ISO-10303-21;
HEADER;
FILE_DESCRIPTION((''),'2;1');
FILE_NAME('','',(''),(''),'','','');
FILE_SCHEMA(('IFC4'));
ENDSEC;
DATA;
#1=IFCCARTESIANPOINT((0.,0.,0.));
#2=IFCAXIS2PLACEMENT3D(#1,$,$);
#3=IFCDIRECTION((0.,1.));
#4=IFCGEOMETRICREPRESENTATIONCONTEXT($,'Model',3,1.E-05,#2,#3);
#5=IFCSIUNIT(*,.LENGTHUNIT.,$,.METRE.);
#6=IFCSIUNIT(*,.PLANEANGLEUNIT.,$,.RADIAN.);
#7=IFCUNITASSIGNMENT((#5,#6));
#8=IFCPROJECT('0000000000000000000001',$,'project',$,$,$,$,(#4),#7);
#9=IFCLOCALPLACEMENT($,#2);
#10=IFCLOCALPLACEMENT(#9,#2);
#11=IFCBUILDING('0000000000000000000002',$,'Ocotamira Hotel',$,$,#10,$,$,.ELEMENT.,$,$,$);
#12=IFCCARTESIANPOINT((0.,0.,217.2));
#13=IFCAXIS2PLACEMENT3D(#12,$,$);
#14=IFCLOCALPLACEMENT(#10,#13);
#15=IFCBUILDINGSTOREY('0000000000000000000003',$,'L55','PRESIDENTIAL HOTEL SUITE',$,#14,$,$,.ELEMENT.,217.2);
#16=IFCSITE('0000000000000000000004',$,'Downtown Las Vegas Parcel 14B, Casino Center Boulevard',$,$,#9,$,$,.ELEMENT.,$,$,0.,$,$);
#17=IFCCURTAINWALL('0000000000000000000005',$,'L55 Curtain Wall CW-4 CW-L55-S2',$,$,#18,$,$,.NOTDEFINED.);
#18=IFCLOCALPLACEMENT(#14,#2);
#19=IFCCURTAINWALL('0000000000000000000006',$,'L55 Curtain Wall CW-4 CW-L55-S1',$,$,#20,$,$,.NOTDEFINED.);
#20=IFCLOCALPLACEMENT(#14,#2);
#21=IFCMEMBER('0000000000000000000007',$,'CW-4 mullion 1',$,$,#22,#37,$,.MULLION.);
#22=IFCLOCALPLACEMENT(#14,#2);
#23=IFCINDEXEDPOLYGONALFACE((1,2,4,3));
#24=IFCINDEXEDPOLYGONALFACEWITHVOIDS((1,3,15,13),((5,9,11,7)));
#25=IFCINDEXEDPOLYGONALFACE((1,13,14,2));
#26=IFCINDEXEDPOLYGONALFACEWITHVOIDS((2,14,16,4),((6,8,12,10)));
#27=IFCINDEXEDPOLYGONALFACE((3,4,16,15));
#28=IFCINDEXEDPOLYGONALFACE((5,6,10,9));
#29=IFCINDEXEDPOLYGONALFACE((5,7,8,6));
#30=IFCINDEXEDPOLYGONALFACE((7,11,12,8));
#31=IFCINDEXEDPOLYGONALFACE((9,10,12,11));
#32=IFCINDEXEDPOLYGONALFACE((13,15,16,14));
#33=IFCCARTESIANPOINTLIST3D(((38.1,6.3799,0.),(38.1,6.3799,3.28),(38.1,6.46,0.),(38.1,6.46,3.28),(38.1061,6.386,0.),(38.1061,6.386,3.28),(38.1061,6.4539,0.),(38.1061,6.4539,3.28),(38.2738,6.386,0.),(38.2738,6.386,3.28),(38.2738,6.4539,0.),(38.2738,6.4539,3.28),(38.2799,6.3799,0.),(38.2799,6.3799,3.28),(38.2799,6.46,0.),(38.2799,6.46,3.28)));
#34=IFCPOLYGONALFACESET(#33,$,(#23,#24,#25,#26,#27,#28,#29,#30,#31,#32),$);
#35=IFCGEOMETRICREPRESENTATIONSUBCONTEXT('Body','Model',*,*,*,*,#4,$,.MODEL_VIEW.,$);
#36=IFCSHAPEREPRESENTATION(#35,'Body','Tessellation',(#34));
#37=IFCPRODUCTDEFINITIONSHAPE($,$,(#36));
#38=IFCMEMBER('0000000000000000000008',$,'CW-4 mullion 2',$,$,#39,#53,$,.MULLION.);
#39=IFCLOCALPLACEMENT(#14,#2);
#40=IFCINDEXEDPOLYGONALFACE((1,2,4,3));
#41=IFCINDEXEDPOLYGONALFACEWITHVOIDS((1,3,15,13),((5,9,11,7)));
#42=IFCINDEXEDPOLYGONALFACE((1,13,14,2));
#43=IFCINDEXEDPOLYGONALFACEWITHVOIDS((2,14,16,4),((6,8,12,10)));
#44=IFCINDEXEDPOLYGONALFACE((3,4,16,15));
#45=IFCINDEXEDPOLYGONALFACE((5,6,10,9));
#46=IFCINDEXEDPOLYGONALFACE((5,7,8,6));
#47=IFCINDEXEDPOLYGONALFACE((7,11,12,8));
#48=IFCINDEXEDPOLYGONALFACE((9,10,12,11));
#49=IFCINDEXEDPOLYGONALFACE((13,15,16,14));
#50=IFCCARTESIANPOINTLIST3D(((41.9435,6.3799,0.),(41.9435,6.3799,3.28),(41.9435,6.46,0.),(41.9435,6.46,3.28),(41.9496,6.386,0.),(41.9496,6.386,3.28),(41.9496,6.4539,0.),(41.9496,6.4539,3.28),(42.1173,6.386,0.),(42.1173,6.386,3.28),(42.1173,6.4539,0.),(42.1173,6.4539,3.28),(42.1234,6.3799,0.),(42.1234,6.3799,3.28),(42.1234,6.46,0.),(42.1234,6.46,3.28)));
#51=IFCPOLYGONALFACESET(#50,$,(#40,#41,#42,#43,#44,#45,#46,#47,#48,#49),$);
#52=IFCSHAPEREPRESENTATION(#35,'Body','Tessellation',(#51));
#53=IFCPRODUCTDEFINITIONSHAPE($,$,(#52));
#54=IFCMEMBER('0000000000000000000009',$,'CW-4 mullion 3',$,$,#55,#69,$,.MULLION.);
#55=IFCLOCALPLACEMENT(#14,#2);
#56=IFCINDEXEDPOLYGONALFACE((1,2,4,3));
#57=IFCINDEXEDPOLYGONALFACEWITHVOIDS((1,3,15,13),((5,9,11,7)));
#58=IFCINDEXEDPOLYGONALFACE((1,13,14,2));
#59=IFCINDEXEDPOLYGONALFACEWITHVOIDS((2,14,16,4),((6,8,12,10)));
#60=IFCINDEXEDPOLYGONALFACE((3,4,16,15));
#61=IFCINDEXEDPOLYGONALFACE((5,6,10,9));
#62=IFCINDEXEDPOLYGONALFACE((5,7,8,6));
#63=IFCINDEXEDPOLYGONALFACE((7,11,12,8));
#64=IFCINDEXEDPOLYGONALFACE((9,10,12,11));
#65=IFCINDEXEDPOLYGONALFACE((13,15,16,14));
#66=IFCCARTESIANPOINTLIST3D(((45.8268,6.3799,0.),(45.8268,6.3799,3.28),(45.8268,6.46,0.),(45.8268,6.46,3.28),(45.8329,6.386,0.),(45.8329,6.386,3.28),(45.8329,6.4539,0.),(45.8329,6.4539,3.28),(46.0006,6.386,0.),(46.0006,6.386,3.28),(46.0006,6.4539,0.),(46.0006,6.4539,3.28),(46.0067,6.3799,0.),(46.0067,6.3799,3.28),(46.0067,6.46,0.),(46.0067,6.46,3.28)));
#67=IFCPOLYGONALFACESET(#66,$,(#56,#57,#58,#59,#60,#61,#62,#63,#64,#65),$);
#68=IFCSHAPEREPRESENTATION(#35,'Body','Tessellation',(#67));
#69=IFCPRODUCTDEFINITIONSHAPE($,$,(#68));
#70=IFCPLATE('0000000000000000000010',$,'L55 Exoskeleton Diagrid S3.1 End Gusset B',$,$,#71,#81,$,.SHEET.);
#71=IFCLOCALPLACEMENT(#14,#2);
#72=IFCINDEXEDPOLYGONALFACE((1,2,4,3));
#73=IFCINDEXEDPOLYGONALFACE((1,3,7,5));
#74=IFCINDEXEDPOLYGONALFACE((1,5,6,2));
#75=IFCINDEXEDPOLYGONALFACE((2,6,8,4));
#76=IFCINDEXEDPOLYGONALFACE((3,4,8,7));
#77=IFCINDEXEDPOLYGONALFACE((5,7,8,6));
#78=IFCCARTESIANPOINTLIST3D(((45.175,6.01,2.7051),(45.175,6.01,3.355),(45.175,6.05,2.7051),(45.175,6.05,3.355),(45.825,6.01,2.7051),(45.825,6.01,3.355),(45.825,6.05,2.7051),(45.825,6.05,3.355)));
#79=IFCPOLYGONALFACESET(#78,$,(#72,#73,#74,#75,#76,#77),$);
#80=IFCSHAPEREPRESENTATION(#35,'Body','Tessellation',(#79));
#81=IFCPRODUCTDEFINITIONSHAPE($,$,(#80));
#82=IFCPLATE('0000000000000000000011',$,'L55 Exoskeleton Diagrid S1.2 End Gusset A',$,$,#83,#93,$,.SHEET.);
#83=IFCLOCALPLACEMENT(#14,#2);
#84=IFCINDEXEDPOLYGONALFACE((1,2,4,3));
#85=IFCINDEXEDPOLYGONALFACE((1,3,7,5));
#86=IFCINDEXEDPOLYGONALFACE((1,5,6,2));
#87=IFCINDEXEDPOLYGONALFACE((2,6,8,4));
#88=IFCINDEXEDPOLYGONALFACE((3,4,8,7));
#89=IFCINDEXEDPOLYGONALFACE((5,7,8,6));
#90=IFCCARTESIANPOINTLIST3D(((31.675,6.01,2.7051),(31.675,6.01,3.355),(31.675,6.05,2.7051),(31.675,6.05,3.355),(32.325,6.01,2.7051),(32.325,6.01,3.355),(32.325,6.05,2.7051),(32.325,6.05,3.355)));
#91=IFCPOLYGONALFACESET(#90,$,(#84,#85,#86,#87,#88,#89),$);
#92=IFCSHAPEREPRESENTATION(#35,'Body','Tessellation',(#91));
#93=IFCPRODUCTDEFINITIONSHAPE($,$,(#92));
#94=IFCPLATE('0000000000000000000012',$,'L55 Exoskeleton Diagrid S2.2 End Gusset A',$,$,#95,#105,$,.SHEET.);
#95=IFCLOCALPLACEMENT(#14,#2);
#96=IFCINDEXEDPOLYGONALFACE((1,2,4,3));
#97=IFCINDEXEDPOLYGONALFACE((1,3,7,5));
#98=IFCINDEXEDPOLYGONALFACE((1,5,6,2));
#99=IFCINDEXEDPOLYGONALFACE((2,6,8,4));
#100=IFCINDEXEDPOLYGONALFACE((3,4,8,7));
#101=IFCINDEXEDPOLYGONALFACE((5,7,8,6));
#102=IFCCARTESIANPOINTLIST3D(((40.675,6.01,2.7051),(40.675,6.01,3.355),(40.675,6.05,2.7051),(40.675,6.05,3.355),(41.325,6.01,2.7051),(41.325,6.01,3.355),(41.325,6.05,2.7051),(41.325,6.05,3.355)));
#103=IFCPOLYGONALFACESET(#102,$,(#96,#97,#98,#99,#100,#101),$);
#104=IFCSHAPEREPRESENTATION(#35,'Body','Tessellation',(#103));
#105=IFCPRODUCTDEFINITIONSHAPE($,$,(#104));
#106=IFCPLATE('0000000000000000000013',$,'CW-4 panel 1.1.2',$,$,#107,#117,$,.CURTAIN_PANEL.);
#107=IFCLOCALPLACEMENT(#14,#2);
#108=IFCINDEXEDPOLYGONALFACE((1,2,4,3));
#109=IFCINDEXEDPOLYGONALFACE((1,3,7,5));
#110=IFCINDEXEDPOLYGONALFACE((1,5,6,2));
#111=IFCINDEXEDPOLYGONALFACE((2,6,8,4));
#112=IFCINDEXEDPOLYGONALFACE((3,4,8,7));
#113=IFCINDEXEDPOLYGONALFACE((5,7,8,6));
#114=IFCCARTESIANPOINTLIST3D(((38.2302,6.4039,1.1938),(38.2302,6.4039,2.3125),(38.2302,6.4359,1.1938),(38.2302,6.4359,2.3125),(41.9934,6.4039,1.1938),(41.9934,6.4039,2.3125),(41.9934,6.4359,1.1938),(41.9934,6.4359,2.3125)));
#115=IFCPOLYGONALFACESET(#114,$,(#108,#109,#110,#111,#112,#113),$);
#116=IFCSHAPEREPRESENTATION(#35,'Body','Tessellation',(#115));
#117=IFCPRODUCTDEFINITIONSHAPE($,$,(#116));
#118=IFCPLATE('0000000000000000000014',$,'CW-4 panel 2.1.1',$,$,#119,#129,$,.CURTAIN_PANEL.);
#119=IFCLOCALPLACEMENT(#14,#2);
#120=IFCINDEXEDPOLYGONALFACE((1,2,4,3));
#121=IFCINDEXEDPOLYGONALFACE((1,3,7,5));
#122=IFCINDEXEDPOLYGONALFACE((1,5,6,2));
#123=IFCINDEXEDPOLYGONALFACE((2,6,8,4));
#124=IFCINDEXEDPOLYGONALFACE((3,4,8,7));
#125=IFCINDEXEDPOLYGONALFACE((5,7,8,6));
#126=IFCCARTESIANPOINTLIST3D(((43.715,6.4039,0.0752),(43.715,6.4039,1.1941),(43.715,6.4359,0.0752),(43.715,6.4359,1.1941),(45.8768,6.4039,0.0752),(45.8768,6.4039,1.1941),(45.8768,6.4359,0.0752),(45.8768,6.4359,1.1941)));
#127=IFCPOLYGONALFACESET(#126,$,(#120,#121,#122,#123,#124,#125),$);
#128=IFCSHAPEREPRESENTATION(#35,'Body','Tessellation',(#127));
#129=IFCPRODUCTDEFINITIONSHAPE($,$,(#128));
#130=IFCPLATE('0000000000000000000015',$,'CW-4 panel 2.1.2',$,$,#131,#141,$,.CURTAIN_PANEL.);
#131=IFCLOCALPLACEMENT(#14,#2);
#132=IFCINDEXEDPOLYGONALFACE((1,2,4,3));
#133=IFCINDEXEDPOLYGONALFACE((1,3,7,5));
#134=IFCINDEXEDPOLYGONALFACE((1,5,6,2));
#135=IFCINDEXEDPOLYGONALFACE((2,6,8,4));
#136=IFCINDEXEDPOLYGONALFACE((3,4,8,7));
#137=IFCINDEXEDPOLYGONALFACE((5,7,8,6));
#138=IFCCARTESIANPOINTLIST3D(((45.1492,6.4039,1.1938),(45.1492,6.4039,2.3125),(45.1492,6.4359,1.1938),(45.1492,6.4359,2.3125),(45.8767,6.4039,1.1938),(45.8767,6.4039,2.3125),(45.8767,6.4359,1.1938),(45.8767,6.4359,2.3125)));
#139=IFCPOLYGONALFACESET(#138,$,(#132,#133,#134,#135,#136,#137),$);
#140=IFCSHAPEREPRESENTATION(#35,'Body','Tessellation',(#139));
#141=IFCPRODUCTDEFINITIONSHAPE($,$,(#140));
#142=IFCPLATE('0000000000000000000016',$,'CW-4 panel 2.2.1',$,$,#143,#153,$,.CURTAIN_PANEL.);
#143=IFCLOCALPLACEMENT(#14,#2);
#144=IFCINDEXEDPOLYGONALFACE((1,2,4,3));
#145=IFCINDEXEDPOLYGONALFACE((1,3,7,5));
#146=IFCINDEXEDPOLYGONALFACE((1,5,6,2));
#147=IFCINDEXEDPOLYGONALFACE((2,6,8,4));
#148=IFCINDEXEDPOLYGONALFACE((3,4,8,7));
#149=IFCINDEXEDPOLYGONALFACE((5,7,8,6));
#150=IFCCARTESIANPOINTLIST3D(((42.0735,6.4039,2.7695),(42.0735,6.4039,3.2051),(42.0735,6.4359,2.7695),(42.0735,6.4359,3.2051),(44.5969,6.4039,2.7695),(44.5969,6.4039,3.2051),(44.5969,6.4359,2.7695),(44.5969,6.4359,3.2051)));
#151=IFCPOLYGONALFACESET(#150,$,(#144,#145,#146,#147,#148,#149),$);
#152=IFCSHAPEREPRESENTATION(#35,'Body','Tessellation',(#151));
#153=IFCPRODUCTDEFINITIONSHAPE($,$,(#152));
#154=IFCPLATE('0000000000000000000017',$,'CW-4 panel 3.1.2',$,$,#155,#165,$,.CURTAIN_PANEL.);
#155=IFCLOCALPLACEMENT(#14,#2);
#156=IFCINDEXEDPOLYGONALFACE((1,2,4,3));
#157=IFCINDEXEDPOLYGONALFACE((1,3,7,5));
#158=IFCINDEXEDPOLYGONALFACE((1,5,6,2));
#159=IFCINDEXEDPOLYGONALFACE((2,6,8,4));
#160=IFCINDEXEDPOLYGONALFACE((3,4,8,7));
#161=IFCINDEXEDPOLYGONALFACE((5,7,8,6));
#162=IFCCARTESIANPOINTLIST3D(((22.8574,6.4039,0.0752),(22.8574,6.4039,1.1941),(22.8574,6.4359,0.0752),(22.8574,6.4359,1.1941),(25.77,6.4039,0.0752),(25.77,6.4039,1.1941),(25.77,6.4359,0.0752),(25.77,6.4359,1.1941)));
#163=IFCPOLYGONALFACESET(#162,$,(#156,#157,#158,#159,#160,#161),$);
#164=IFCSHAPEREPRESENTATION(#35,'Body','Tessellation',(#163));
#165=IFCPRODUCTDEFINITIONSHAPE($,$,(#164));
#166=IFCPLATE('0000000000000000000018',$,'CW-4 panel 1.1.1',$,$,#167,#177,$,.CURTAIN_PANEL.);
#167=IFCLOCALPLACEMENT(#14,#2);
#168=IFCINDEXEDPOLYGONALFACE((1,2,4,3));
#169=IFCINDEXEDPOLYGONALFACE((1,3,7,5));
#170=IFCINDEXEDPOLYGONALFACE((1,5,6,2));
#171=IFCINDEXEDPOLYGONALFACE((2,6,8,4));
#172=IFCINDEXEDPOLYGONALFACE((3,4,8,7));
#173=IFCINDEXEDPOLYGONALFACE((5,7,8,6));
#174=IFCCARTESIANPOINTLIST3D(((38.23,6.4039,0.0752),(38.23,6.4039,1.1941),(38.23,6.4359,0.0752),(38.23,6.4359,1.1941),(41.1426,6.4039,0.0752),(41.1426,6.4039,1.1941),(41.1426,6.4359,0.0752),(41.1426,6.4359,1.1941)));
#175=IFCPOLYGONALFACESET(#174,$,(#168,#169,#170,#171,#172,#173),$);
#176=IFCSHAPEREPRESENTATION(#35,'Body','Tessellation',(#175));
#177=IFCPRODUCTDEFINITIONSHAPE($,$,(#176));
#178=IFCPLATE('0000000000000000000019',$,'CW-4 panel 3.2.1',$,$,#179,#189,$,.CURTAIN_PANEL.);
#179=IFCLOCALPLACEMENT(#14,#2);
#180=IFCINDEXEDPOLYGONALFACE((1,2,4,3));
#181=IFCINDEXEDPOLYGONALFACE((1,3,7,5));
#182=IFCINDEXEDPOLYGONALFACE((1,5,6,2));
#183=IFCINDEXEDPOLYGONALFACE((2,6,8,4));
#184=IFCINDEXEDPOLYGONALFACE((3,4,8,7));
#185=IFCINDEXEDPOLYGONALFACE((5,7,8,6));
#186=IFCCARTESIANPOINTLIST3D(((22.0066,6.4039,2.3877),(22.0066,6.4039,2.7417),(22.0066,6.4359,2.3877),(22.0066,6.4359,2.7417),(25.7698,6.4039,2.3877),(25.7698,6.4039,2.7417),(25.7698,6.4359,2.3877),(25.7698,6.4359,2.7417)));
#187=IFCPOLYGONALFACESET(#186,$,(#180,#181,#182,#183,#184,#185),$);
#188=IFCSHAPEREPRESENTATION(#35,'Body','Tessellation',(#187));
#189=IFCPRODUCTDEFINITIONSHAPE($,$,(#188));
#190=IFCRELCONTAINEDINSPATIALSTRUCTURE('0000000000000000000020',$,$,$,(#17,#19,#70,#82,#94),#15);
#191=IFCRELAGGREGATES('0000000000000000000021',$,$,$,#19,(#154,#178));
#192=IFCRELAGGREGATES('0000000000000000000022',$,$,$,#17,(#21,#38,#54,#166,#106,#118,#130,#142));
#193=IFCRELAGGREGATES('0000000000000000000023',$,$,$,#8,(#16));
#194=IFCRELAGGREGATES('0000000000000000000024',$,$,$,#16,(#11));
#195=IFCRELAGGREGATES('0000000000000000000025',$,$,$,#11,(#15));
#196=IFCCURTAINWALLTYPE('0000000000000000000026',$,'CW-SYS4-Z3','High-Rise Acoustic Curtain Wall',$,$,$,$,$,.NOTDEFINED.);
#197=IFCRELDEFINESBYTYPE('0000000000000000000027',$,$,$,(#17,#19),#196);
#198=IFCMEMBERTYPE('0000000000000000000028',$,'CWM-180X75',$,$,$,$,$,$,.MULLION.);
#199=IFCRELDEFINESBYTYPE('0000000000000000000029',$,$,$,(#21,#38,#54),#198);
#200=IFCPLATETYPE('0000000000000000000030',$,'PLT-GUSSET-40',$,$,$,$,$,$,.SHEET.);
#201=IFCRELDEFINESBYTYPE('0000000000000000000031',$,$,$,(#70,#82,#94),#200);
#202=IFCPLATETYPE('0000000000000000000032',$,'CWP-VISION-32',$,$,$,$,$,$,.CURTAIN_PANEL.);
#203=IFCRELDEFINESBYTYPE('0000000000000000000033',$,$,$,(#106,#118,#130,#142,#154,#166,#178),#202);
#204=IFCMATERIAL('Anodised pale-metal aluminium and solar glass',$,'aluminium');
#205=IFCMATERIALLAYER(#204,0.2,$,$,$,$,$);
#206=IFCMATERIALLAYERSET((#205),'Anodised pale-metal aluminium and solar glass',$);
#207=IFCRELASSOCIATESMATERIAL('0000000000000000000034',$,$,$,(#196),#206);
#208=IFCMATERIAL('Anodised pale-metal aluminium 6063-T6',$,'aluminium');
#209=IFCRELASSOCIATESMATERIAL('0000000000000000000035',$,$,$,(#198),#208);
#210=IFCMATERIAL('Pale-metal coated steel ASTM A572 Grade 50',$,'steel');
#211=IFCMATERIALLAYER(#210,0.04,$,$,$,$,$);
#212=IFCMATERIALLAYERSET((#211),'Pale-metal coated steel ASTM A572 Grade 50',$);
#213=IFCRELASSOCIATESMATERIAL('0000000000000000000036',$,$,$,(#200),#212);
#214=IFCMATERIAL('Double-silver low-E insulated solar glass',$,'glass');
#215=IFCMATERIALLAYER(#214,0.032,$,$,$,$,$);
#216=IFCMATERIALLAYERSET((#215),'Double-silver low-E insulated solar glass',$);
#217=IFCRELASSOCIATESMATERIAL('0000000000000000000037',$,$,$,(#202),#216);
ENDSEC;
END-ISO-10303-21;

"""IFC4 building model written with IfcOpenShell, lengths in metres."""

from ifc_helpers import new_model, si_unit, direction, frame, origin, origin_2d, place, context, subcontext, project, spatial, rectangle, hollow_rectangle, extrude, source, transform, mapped, material, layer, layer_set, material_profile, profile_set, type_object, element, aggregate, save


model = new_model("IFC4")

# Units and contexts
model_context = context("Model", 3, precision=1e-05, world=origin(), true_north=direction((0.0, 1.0)))
body_context = subcontext(model_context, "Body", "Model", "MODEL_VIEW")
ifc_project = project(units=[si_unit("LENGTHUNIT", "METRE"), si_unit("PLANEANGLEUNIT", "RADIAN")], contexts=[model_context])

# Site, building, storey
site_placement = place(None, origin())
site = spatial("IfcSite", under=ifc_project, at=site_placement, Name="Downtown Las Vegas Parcel 14B, Casino Center Boulevard", CompositionType="ELEMENT", RefElevation=0.0)
building_placement = place(site_placement, origin())
building = spatial("IfcBuilding", under=site, at=building_placement, Name="Ocotamira Hotel", CompositionType="ELEMENT")
storey_placement = place(building_placement, frame((0.0, 0.0, 217.2)))
storey = spatial("IfcBuildingStorey", under=building, at=storey_placement, Name="L55", Description="PRESIDENTIAL HOTEL SUITE", CompositionType="ELEMENT", Elevation=217.2)

# Curtain wall
ifc_material_1 = material(Name="Anodised pale-metal aluminium and solar glass", Category="aluminium")
ifc_layer_1 = layer(ifc_material_1, 0.2)
ifc_layer_set_1 = layer_set([ifc_layer_1], Name="Anodised pale-metal aluminium and solar glass")
curtain_wall_type = type_object("IfcCurtainWallType", Name="CW-SYS4-Z3", Description="High-Rise Acoustic Curtain Wall", PredefinedType="NOTDEFINED", material=ifc_layer_set_1)
curtain_wall_1_placement = place(storey_placement, origin())
curtain_wall_1 = element("IfcCurtainWall", 1, at=curtain_wall_1_placement, inside=storey, type_object=curtain_wall_type, Name="L55 Curtain Wall CW-4 CW-L55-S2", PredefinedType="NOTDEFINED")
ifc_material_2 = material(Name="Anodised pale-metal aluminium 6063-T6", Category="aluminium")

# Curtain wall
curtain_wall_2_placement = place(storey_placement, origin())
curtain_wall_2 = element("IfcCurtainWall", 2, at=curtain_wall_2_placement, inside=storey, type_object=curtain_wall_type, Name="L55 Curtain Wall CW-4 CW-L55-S1", PredefinedType="NOTDEFINED")
ifc_material_profile_1 = material_profile(ifc_material_2, hollow_rectangle(XDim=0.0801, YDim=0.1799, WallThickness=0.0061, at=origin_2d()), Name="HSS180X80X6")
ifc_profile_set_1 = profile_set([ifc_material_profile_1], Name="Anodised pale-metal aluminium 6063-T6")
member_type_1 = type_object("IfcMemberType", Name="CWM-180X75", PredefinedType="MULLION", material=ifc_profile_set_1)
shared_shape_1 = source(origin(), body_context, "Body", "SweptSolid", [
    extrude(hollow_rectangle(XDim=0.0801, YDim=0.1799, WallThickness=0.0061, at=origin_2d()), origin(), (0.0, 0.0, 1.0), 3.28),
])

# Members
member_1_placement = place(storey_placement, frame((38.1899, 6.4199, 0.0), z_axis=(0.0, 0.0, 1.0), x_axis=(0.0, 1.0, 0.0)))
member_1 = element("IfcMember", 3, at=member_1_placement, type_object=member_type_1, Name="CW-4 mullion 1", PredefinedType="MULLION", context=body_context, shape_type="MappedRepresentation", body=[
    mapped(shared_shape_1, transform((0.0, 0.0, 0.0), scale=1.0)),
])
member_2_placement = place(storey_placement, frame((42.0334, 6.4199, 0.0), z_axis=(0.0, 0.0, 1.0), x_axis=(0.0, 1.0, 0.0)))
member_2 = element("IfcMember", 4, at=member_2_placement, type_object=member_type_1, Name="CW-4 mullion 2", PredefinedType="MULLION", context=body_context, shape_type="MappedRepresentation", body=[
    mapped(shared_shape_1, transform((0.0, 0.0, 0.0), scale=1.0)),
])
member_3_placement = place(storey_placement, frame((45.9167, 6.4199, 0.0), z_axis=(0.0, 0.0, 1.0), x_axis=(0.0, 1.0, 0.0)))
member_3 = element("IfcMember", 5, at=member_3_placement, type_object=member_type_1, Name="CW-4 mullion 3", PredefinedType="MULLION", context=body_context, shape_type="MappedRepresentation", body=[
    mapped(shared_shape_1, transform((0.0, 0.0, 0.0), scale=1.0)),
])

# Plates
ifc_material_3 = material(Name="Pale-metal coated steel ASTM A572 Grade 50", Category="steel")
ifc_layer_2 = layer(ifc_material_3, 0.04)
ifc_layer_set_2 = layer_set([ifc_layer_2], Name="Pale-metal coated steel ASTM A572 Grade 50")
plate_type_1 = type_object("IfcPlateType", Name="PLT-GUSSET-40", PredefinedType="SHEET", material=ifc_layer_set_2)
shared_shape_2 = source(origin(), body_context, "Body", "SweptSolid", [
    extrude(rectangle(XDim=0.6499, YDim=0.04, at=origin_2d()), origin(), (0.0, 0.0, 1.0), 0.6499),
])
for number, where, z_axis, x_axis, name in (
    (6, (45.5, 6.03, 2.7051), (0.0, 0.0, 1.0), (1.0, 0.0, 0.0), "L55 Exoskeleton Diagrid S3.1 End Gusset B"),
    (7, (32.0, 6.03, 2.7051), (0.0, 0.0, 1.0), (-1.0, 0.0, 0.0), "L55 Exoskeleton Diagrid S1.2 End Gusset A"),
    (8, (41.0, 6.03, 2.7051), (0.0, 0.0, 1.0), (-1.0, 0.0, 0.0), "L55 Exoskeleton Diagrid S2.2 End Gusset A"),
):
    element("IfcPlate", number, at=place(storey_placement, frame(where, z_axis=z_axis, x_axis=x_axis)), inside=storey, type_object=plate_type_1, Name=name, PredefinedType="SHEET", context=body_context, shape_type="MappedRepresentation", body=[
        mapped(shared_shape_2, transform((0.0, 0.0, 0.0), scale=1.0)),
    ])

# Plates
ifc_material_4 = material(Name="Double-silver low-E insulated solar glass", Category="glass")
ifc_layer_3 = layer(ifc_material_4, 0.032)
ifc_layer_set_3 = layer_set([ifc_layer_3], Name="Double-silver low-E insulated solar glass")
plate_type_2 = type_object("IfcPlateType", Name="CWP-VISION-32", PredefinedType="CURTAIN_PANEL", material=ifc_layer_set_3)
shared_shape_3 = source(origin(), body_context, "Body", "SweptSolid", [
    extrude(rectangle(XDim=3.7632, YDim=0.032, at=origin_2d()), origin(), (0.0, 0.0, 1.0), 1.1187),
])
plate_1_placement = place(storey_placement, frame((40.1118, 6.4199, 1.1938), z_axis=(0.0, 0.0, 1.0), x_axis=(1.0, 0.0, 0.0)))
plate_1 = element("IfcPlate", 9, at=plate_1_placement, type_object=plate_type_2, Name="CW-4 panel 1.1.2", PredefinedType="CURTAIN_PANEL", context=body_context, shape_type="MappedRepresentation", body=[
    mapped(shared_shape_3, transform((0.0, 0.0, 0.0), scale=1.0)),
])
shared_shape_4 = source(origin(), body_context, "Body", "SweptSolid", [
    extrude(rectangle(XDim=2.1619, YDim=0.032, at=origin_2d()), origin(), (0.0, 0.0, 1.0), 1.1189),
])
plate_2_placement = place(storey_placement, frame((44.7959, 6.4199, 0.0752), z_axis=(0.0, 0.0, 1.0), x_axis=(1.0, 0.0, 0.0)))
plate_2 = element("IfcPlate", 10, at=plate_2_placement, type_object=plate_type_2, Name="CW-4 panel 2.1.1", PredefinedType="CURTAIN_PANEL", context=body_context, shape_type="MappedRepresentation", body=[
    mapped(shared_shape_4, transform((0.0, 0.0, 0.0), scale=1.0)),
])
shared_shape_5 = source(origin(), body_context, "Body", "SweptSolid", [
    extrude(rectangle(XDim=0.7275, YDim=0.032, at=origin_2d()), origin(), (0.0, 0.0, 1.0), 1.1187),
])
plate_3_placement = place(storey_placement, frame((45.5129, 6.4199, 1.1938), z_axis=(0.0, 0.0, 1.0), x_axis=(1.0, 0.0, 0.0)))
plate_3 = element("IfcPlate", 11, at=plate_3_placement, type_object=plate_type_2, Name="CW-4 panel 2.1.2", PredefinedType="CURTAIN_PANEL", context=body_context, shape_type="MappedRepresentation", body=[
    mapped(shared_shape_5, transform((0.0, 0.0, 0.0), scale=1.0)),
])
shared_shape_6 = source(origin(), body_context, "Body", "SweptSolid", [
    extrude(rectangle(XDim=2.5234, YDim=0.032, at=origin_2d()), origin(), (0.0, 0.0, 1.0), 0.4355),
])
plate_4_placement = place(storey_placement, frame((43.3352, 6.4199, 2.7695), z_axis=(0.0, 0.0, 1.0), x_axis=(1.0, 0.0, 0.0)))
plate_4 = element("IfcPlate", 12, at=plate_4_placement, type_object=plate_type_2, Name="CW-4 panel 2.2.1", PredefinedType="CURTAIN_PANEL", context=body_context, shape_type="MappedRepresentation", body=[
    mapped(shared_shape_6, transform((0.0, 0.0, 0.0), scale=1.0)),
])
shared_shape_7 = source(origin(), body_context, "Body", "SweptSolid", [
    extrude(rectangle(XDim=2.9126, YDim=0.032, at=origin_2d()), origin(), (0.0, 0.0, 1.0), 1.1189),
])
plate_5_placement = place(storey_placement, frame((24.3137, 6.4199, 0.0752), z_axis=(0.0, 0.0, 1.0), x_axis=(1.0, 0.0, 0.0)))
plate_5 = element("IfcPlate", 13, at=plate_5_placement, type_object=plate_type_2, Name="CW-4 panel 3.1.2", PredefinedType="CURTAIN_PANEL", context=body_context, shape_type="MappedRepresentation", body=[
    mapped(shared_shape_7, transform((0.0, 0.0, 0.0), scale=1.0)),
])
plate_6_placement = place(storey_placement, frame((39.6863, 6.4199, 0.0752), z_axis=(0.0, 0.0, 1.0), x_axis=(1.0, 0.0, 0.0)))
plate_6 = element("IfcPlate", 14, at=plate_6_placement, type_object=plate_type_2, Name="CW-4 panel 1.1.1", PredefinedType="CURTAIN_PANEL", context=body_context, shape_type="MappedRepresentation", body=[
    mapped(shared_shape_7, transform((0.0, 0.0, 0.0), scale=1.0)),
])
shared_shape_8 = source(origin(), body_context, "Body", "SweptSolid", [
    extrude(rectangle(XDim=3.7632, YDim=0.032, at=origin_2d()), origin(), (0.0, 0.0, 1.0), 0.354),
])
plate_7_placement = place(storey_placement, frame((23.8882, 6.4199, 2.3877), z_axis=(0.0, 0.0, 1.0), x_axis=(1.0, 0.0, 0.0)))
plate_7 = element("IfcPlate", 15, at=plate_7_placement, type_object=plate_type_2, Name="CW-4 panel 3.2.1", PredefinedType="CURTAIN_PANEL", context=body_context, shape_type="MappedRepresentation", body=[
    mapped(shared_shape_8, transform((0.0, 0.0, 0.0), scale=1.0)),
])
aggregate(curtain_wall_2, [plate_5, plate_7])
aggregate(curtain_wall_1, [member_1, member_2, member_3, plate_6, plate_1, plate_2, plate_3, plate_4])

save(model, "model.ifc")
